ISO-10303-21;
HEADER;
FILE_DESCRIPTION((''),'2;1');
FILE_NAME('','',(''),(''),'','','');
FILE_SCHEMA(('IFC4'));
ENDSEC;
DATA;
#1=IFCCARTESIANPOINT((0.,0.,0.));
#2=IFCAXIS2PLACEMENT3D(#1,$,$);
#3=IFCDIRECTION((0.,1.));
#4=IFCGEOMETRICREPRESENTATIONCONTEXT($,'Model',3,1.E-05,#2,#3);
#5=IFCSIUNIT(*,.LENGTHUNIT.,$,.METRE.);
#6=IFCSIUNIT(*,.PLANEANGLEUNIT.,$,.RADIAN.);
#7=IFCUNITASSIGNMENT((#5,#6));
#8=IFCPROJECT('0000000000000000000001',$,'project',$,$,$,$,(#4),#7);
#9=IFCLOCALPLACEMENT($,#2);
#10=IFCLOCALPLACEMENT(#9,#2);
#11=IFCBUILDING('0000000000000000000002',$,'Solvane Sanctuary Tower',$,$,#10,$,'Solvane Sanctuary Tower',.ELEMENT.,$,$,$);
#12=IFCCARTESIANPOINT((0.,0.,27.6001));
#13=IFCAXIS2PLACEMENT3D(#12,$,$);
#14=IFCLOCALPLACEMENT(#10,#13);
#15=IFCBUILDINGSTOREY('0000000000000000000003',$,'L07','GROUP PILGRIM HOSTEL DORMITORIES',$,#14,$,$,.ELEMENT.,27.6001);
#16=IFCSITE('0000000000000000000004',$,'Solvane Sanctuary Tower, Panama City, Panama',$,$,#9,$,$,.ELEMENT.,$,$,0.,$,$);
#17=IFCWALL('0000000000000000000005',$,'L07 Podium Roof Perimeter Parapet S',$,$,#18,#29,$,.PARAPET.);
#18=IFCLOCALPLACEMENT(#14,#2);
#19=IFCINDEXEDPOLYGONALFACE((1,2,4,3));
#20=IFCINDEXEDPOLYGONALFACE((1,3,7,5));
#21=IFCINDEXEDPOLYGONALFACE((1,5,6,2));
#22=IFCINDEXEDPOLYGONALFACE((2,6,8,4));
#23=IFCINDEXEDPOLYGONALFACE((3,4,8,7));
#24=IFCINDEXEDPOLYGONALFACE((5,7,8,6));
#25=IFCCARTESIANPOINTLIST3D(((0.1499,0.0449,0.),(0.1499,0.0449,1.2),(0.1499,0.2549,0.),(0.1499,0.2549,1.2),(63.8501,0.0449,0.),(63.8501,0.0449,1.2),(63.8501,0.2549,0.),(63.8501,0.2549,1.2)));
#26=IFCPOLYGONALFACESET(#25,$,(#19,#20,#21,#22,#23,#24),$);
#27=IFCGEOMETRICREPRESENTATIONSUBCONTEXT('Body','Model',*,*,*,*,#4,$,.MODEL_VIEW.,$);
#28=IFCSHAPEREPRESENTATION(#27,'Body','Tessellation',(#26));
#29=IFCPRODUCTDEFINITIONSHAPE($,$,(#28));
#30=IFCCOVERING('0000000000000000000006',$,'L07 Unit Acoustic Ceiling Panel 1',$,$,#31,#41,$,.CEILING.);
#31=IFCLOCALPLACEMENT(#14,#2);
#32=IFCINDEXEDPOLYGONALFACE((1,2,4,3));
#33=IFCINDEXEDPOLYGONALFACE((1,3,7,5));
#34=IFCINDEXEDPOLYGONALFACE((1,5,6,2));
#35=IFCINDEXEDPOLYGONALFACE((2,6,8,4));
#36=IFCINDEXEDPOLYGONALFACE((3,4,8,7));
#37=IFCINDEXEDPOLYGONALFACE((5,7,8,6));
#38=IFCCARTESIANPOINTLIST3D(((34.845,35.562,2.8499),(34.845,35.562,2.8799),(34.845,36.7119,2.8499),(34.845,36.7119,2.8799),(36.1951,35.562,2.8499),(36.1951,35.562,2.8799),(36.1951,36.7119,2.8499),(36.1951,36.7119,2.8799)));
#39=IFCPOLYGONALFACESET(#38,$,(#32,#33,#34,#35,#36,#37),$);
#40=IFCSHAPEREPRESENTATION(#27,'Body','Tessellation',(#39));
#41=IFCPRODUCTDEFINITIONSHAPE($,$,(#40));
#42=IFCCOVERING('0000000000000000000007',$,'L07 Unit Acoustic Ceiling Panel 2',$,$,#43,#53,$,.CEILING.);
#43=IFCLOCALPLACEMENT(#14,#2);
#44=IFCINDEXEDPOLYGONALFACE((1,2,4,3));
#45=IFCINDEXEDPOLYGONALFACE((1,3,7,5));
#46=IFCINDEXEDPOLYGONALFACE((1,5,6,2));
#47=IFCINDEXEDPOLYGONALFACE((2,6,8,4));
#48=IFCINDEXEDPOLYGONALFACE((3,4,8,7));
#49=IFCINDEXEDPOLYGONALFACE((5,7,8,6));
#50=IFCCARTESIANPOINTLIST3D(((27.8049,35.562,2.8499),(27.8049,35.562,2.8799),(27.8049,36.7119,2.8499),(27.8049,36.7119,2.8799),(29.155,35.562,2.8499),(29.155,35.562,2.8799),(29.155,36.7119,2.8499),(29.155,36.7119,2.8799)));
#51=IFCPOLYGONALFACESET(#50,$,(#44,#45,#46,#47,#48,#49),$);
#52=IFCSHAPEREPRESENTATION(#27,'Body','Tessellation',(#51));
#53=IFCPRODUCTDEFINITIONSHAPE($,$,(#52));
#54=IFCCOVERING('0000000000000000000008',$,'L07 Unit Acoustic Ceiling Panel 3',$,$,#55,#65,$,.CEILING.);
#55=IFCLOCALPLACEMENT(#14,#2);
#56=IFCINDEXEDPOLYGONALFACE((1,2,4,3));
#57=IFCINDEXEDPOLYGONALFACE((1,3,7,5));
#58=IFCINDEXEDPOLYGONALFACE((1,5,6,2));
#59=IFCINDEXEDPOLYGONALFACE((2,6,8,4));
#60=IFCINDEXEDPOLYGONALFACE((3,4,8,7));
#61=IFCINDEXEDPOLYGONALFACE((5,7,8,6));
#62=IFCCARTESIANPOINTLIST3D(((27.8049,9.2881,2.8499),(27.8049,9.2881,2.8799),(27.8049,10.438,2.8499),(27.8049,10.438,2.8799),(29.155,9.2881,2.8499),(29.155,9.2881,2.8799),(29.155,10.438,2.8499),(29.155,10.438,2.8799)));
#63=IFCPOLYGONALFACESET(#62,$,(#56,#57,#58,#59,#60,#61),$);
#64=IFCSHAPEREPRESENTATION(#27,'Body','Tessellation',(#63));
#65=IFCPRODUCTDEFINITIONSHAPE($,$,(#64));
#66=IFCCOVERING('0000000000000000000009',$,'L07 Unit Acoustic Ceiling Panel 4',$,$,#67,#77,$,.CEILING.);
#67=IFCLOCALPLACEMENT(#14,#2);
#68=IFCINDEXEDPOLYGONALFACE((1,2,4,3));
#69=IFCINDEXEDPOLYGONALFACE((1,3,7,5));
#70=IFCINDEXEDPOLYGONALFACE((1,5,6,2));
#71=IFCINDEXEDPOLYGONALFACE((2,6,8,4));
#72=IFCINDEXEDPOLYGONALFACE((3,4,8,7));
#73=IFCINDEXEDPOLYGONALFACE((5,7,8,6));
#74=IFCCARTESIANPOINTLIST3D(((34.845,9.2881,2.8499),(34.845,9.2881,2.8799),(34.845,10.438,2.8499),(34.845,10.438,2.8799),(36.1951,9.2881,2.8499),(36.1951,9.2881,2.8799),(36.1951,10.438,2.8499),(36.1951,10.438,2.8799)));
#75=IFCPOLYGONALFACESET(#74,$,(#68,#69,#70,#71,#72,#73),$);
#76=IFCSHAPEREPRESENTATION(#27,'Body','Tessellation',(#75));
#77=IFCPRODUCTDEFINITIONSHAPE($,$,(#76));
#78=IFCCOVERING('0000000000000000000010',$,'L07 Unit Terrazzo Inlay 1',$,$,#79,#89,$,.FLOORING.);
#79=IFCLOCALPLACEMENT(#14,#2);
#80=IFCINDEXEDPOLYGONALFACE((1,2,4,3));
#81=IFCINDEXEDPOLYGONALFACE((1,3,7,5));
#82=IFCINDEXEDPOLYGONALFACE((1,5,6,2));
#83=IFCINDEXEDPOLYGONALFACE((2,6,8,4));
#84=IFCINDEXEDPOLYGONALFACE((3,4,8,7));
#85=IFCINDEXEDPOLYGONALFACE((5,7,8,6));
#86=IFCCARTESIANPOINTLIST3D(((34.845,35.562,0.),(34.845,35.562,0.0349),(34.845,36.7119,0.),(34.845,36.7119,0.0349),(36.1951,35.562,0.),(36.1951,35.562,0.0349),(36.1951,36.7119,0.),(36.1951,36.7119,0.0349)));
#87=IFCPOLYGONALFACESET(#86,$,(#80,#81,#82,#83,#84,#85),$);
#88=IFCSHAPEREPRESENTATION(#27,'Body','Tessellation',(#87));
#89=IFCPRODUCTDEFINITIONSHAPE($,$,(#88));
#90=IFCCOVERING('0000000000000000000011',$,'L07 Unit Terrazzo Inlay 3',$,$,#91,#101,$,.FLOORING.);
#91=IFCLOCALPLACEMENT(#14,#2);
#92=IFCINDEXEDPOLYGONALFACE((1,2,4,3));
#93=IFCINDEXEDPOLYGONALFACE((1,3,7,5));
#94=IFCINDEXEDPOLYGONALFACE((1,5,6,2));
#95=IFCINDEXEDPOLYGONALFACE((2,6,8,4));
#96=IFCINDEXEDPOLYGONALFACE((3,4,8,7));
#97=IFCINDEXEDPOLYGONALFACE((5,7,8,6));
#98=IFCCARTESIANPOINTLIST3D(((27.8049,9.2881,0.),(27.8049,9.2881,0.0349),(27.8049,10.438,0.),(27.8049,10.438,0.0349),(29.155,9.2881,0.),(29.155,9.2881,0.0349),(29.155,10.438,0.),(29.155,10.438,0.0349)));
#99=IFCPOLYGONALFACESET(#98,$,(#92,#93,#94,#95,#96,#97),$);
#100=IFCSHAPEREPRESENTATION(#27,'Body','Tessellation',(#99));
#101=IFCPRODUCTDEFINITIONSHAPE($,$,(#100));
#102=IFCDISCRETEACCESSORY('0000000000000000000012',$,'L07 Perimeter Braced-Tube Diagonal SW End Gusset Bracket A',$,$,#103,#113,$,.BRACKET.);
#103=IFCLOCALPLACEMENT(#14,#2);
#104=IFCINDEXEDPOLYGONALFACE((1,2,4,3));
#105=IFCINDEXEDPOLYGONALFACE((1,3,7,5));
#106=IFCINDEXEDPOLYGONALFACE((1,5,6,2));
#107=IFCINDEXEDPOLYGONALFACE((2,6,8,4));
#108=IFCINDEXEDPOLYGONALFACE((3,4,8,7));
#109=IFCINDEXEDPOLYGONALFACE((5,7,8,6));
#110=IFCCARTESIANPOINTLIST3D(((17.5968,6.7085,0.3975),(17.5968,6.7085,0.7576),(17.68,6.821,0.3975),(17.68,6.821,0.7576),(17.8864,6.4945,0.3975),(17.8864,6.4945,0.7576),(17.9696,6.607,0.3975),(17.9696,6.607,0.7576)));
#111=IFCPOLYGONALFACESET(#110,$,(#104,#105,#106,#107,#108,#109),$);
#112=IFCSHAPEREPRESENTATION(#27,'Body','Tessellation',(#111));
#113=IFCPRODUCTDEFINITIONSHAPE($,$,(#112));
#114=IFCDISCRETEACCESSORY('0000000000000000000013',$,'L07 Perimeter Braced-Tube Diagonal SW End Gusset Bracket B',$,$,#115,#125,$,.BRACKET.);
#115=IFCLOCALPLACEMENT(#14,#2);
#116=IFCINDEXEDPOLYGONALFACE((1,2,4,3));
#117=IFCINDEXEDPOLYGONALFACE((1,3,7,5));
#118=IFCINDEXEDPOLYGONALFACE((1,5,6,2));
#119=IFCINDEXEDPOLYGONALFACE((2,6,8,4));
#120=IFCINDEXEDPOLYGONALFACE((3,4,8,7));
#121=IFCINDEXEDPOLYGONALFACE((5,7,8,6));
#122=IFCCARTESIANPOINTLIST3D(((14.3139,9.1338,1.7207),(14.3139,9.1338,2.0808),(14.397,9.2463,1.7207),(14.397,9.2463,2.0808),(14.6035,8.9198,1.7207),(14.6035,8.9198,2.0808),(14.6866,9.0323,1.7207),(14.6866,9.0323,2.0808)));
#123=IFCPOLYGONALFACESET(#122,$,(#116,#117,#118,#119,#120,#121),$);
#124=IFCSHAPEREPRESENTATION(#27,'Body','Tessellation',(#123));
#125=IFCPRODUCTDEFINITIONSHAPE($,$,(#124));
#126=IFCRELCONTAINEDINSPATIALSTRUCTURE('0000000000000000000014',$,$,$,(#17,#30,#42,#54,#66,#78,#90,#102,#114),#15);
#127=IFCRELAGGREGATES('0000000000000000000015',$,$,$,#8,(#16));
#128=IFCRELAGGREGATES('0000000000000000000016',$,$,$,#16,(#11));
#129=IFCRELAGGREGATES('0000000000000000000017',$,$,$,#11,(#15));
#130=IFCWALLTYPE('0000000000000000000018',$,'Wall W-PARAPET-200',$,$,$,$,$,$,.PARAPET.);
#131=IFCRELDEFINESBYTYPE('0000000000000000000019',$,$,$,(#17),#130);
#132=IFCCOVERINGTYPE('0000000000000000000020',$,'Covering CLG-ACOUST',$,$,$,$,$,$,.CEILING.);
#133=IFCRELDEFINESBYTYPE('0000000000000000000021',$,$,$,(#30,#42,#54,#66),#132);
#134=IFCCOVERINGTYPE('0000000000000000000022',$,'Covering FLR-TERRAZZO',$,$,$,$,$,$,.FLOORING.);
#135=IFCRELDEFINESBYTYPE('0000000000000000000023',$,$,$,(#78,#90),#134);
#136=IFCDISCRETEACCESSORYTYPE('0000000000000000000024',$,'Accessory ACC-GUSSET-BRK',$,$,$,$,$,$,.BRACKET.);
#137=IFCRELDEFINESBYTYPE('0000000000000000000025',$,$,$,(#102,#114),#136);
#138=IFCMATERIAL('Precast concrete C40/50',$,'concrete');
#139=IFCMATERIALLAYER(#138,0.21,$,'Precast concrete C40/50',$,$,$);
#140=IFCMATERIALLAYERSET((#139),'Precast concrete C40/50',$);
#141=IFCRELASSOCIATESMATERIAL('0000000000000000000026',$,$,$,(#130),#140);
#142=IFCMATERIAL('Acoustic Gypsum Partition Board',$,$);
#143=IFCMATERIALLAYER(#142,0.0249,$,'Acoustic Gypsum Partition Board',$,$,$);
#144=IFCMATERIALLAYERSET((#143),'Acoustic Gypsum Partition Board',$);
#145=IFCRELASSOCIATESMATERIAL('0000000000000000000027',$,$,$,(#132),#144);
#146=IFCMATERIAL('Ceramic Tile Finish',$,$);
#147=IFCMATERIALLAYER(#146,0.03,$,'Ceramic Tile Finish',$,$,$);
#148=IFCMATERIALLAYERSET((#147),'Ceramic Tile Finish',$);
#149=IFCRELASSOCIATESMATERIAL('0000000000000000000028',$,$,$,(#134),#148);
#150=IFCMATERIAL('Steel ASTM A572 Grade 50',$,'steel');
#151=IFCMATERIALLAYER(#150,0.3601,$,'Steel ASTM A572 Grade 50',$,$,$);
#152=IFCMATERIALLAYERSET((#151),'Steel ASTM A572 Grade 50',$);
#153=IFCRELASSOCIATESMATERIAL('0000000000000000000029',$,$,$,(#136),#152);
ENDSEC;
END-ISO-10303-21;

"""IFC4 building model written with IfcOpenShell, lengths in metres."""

from ifc_helpers import new_model, si_unit, direction, frame, frame_2d, origin, origin_2d, place, context, subcontext, project, spatial, polyline, rectangle, outline, extrude, material, layer, layer_set, type_object, element, save


model = new_model("IFC4")

# Units and contexts
model_context = context("Model", 3, precision=1e-05, world=origin(), true_north=direction((0.0, 1.0)))
body_context = subcontext(model_context, "Body", "Model", "MODEL_VIEW")
ifc_project = project(units=[si_unit("LENGTHUNIT", "METRE"), si_unit("PLANEANGLEUNIT", "RADIAN")], contexts=[model_context])

# Site, building, storey
site_placement = place(None, origin())
site = spatial("IfcSite", under=ifc_project, at=site_placement, Name="Solvane Sanctuary Tower, Panama City, Panama", CompositionType="ELEMENT", RefElevation=0.0)
building_placement = place(site_placement, origin())
building = spatial("IfcBuilding", under=site, at=building_placement, Name="Solvane Sanctuary Tower", LongName="Solvane Sanctuary Tower", CompositionType="ELEMENT")
storey_placement = place(building_placement, frame((0.0, 0.0, 27.6001)))
storey = spatial("IfcBuildingStorey", under=building, at=storey_placement, Name="L07", Description="GROUP PILGRIM HOSTEL DORMITORIES", CompositionType="ELEMENT", Elevation=27.6001)

# Shared definitions
ifc_material_1 = material(Name="Precast concrete C40/50", Category="concrete")

# Wall
ifc_layer_1 = layer(ifc_material_1, 0.21, Name="Precast concrete C40/50")
ifc_layer_set_1 = layer_set([ifc_layer_1], Name="Precast concrete C40/50")
wall_type_1 = type_object("IfcWallType", Name="Wall W-PARAPET-200", PredefinedType="PARAPET", material=ifc_layer_set_1)
wall_1_placement = place(storey_placement, frame((0.1499, 0.1499, 0.0), z_axis=(0.0, 0.0, 1.0), x_axis=(1.0, 0.0, 0.0)))
element("IfcWall", 1, at=wall_1_placement, inside=storey, type_object=wall_type_1, Name="L07 Podium Roof Perimeter Parapet S", PredefinedType="PARAPET", context=body_context, shape_type="SweptSolid", body=[
    extrude(rectangle(XDim=63.7002, YDim=0.21, at=frame_2d((31.8501, 0.0))), origin(), (0.0, 0.0, 1.0), 1.2),
])

# Coverings
ifc_material_2 = material(Name="Acoustic Gypsum Partition Board")
ifc_layer_2 = layer(ifc_material_2, 0.0249, Name="Acoustic Gypsum Partition Board")
ifc_layer_set_2 = layer_set([ifc_layer_2], Name="Acoustic Gypsum Partition Board")
covering_type_1 = type_object("IfcCoveringType", Name="Covering CLG-ACOUST", PredefinedType="CEILING", material=ifc_layer_set_2)
covering_1_placement = place(storey_placement, frame((0.0, 0.0, 2.8499)))
element("IfcCovering", 2, at=covering_1_placement, inside=storey, type_object=covering_type_1, Name="L07 Unit Acoustic Ceiling Panel 1", PredefinedType="CEILING", context=body_context, shape_type="SweptSolid", body=[
    extrude(outline(polyline([(34.845, 35.562), (36.1951, 35.562), (36.1951, 36.7119), (34.845, 36.7119), (34.845, 35.562)])), origin(), (0.0, 0.0, 1.0), 0.03),
])
covering_2_placement = place(storey_placement, frame((0.0, 0.0, 2.8499)))
element("IfcCovering", 3, at=covering_2_placement, inside=storey, type_object=covering_type_1, Name="L07 Unit Acoustic Ceiling Panel 2", PredefinedType="CEILING", context=body_context, shape_type="SweptSolid", body=[
    extrude(outline(polyline([(27.8049, 35.562), (29.155, 35.562), (29.155, 36.7119), (27.8049, 36.7119), (27.8049, 35.562)])), origin(), (0.0, 0.0, 1.0), 0.03),
])
covering_3_placement = place(storey_placement, frame((0.0, 0.0, 2.8499)))
element("IfcCovering", 4, at=covering_3_placement, inside=storey, type_object=covering_type_1, Name="L07 Unit Acoustic Ceiling Panel 3", PredefinedType="CEILING", context=body_context, shape_type="SweptSolid", body=[
    extrude(outline(polyline([(27.8049, 9.2881), (29.155, 9.2881), (29.155, 10.438), (27.8049, 10.438), (27.8049, 9.2881)])), origin(), (0.0, 0.0, 1.0), 0.03),
])
covering_4_placement = place(storey_placement, frame((0.0, 0.0, 2.8499)))
element("IfcCovering", 5, at=covering_4_placement, inside=storey, type_object=covering_type_1, Name="L07 Unit Acoustic Ceiling Panel 4", PredefinedType="CEILING", context=body_context, shape_type="SweptSolid", body=[
    extrude(outline(polyline([(34.845, 9.2881), (36.1951, 9.2881), (36.1951, 10.438), (34.845, 10.438), (34.845, 9.2881)])), origin(), (0.0, 0.0, 1.0), 0.03),
])
ifc_material_3 = material(Name="Ceramic Tile Finish")
ifc_layer_3 = layer(ifc_material_3, 0.03, Name="Ceramic Tile Finish")
ifc_layer_set_3 = layer_set([ifc_layer_3], Name="Ceramic Tile Finish")
covering_type_2 = type_object("IfcCoveringType", Name="Covering FLR-TERRAZZO", PredefinedType="FLOORING", material=ifc_layer_set_3)
covering_5_placement = place(storey_placement, origin())
element("IfcCovering", 6, at=covering_5_placement, inside=storey, type_object=covering_type_2, Name="L07 Unit Terrazzo Inlay 1", PredefinedType="FLOORING", context=body_context, shape_type="SweptSolid", body=[
    extrude(outline(polyline([(34.845, 35.562), (36.1951, 35.562), (36.1951, 36.7119), (34.845, 36.7119), (34.845, 35.562)])), origin(), (0.0, 0.0, 1.0), 0.0349),
])
covering_6_placement = place(storey_placement, origin())
element("IfcCovering", 7, at=covering_6_placement, inside=storey, type_object=covering_type_2, Name="L07 Unit Terrazzo Inlay 3", PredefinedType="FLOORING", context=body_context, shape_type="SweptSolid", body=[
    extrude(outline(polyline([(27.8049, 9.2881), (29.155, 9.2881), (29.155, 10.438), (27.8049, 10.438), (27.8049, 9.2881)])), origin(), (0.0, 0.0, 1.0), 0.0349),
])

# Discrete accessories
ifc_material_4 = material(Name="Steel ASTM A572 Grade 50", Category="steel")
ifc_layer_4 = layer(ifc_material_4, 0.3601, Name="Steel ASTM A572 Grade 50")
ifc_layer_set_4 = layer_set([ifc_layer_4], Name="Steel ASTM A572 Grade 50")
discrete_accessory_type = type_object("IfcDiscreteAccessoryType", Name="Accessory ACC-GUSSET-BRK", PredefinedType="BRACKET", material=ifc_layer_set_4)
for number, where, z_axis, x_axis, name in (
    (8, (17.7832, 6.6577, 0.3975), (0.0, 0.0, 1.0), (-0.804272, 0.594261, 0.0), "L07 Perimeter Braced-Tube Diagonal SW End Gusset Bracket A"),
    (9, (14.5002, 9.083, 1.7207), (0.0, 0.0, 1.0), (-0.804272, 0.594261, 0.0), "L07 Perimeter Braced-Tube Diagonal SW End Gusset Bracket B"),
):
    element("IfcDiscreteAccessory", number, at=place(storey_placement, frame(where, z_axis=z_axis, x_axis=x_axis)), inside=storey, type_object=discrete_accessory_type, Name=name, PredefinedType="BRACKET", context=body_context, shape_type="SweptSolid", body=[
        extrude(rectangle(XDim=0.3601, YDim=0.1399, at=origin_2d()), origin(), (0.0, 0.0, 1.0), 0.3601),
    ])

save(model, "model.ifc")
